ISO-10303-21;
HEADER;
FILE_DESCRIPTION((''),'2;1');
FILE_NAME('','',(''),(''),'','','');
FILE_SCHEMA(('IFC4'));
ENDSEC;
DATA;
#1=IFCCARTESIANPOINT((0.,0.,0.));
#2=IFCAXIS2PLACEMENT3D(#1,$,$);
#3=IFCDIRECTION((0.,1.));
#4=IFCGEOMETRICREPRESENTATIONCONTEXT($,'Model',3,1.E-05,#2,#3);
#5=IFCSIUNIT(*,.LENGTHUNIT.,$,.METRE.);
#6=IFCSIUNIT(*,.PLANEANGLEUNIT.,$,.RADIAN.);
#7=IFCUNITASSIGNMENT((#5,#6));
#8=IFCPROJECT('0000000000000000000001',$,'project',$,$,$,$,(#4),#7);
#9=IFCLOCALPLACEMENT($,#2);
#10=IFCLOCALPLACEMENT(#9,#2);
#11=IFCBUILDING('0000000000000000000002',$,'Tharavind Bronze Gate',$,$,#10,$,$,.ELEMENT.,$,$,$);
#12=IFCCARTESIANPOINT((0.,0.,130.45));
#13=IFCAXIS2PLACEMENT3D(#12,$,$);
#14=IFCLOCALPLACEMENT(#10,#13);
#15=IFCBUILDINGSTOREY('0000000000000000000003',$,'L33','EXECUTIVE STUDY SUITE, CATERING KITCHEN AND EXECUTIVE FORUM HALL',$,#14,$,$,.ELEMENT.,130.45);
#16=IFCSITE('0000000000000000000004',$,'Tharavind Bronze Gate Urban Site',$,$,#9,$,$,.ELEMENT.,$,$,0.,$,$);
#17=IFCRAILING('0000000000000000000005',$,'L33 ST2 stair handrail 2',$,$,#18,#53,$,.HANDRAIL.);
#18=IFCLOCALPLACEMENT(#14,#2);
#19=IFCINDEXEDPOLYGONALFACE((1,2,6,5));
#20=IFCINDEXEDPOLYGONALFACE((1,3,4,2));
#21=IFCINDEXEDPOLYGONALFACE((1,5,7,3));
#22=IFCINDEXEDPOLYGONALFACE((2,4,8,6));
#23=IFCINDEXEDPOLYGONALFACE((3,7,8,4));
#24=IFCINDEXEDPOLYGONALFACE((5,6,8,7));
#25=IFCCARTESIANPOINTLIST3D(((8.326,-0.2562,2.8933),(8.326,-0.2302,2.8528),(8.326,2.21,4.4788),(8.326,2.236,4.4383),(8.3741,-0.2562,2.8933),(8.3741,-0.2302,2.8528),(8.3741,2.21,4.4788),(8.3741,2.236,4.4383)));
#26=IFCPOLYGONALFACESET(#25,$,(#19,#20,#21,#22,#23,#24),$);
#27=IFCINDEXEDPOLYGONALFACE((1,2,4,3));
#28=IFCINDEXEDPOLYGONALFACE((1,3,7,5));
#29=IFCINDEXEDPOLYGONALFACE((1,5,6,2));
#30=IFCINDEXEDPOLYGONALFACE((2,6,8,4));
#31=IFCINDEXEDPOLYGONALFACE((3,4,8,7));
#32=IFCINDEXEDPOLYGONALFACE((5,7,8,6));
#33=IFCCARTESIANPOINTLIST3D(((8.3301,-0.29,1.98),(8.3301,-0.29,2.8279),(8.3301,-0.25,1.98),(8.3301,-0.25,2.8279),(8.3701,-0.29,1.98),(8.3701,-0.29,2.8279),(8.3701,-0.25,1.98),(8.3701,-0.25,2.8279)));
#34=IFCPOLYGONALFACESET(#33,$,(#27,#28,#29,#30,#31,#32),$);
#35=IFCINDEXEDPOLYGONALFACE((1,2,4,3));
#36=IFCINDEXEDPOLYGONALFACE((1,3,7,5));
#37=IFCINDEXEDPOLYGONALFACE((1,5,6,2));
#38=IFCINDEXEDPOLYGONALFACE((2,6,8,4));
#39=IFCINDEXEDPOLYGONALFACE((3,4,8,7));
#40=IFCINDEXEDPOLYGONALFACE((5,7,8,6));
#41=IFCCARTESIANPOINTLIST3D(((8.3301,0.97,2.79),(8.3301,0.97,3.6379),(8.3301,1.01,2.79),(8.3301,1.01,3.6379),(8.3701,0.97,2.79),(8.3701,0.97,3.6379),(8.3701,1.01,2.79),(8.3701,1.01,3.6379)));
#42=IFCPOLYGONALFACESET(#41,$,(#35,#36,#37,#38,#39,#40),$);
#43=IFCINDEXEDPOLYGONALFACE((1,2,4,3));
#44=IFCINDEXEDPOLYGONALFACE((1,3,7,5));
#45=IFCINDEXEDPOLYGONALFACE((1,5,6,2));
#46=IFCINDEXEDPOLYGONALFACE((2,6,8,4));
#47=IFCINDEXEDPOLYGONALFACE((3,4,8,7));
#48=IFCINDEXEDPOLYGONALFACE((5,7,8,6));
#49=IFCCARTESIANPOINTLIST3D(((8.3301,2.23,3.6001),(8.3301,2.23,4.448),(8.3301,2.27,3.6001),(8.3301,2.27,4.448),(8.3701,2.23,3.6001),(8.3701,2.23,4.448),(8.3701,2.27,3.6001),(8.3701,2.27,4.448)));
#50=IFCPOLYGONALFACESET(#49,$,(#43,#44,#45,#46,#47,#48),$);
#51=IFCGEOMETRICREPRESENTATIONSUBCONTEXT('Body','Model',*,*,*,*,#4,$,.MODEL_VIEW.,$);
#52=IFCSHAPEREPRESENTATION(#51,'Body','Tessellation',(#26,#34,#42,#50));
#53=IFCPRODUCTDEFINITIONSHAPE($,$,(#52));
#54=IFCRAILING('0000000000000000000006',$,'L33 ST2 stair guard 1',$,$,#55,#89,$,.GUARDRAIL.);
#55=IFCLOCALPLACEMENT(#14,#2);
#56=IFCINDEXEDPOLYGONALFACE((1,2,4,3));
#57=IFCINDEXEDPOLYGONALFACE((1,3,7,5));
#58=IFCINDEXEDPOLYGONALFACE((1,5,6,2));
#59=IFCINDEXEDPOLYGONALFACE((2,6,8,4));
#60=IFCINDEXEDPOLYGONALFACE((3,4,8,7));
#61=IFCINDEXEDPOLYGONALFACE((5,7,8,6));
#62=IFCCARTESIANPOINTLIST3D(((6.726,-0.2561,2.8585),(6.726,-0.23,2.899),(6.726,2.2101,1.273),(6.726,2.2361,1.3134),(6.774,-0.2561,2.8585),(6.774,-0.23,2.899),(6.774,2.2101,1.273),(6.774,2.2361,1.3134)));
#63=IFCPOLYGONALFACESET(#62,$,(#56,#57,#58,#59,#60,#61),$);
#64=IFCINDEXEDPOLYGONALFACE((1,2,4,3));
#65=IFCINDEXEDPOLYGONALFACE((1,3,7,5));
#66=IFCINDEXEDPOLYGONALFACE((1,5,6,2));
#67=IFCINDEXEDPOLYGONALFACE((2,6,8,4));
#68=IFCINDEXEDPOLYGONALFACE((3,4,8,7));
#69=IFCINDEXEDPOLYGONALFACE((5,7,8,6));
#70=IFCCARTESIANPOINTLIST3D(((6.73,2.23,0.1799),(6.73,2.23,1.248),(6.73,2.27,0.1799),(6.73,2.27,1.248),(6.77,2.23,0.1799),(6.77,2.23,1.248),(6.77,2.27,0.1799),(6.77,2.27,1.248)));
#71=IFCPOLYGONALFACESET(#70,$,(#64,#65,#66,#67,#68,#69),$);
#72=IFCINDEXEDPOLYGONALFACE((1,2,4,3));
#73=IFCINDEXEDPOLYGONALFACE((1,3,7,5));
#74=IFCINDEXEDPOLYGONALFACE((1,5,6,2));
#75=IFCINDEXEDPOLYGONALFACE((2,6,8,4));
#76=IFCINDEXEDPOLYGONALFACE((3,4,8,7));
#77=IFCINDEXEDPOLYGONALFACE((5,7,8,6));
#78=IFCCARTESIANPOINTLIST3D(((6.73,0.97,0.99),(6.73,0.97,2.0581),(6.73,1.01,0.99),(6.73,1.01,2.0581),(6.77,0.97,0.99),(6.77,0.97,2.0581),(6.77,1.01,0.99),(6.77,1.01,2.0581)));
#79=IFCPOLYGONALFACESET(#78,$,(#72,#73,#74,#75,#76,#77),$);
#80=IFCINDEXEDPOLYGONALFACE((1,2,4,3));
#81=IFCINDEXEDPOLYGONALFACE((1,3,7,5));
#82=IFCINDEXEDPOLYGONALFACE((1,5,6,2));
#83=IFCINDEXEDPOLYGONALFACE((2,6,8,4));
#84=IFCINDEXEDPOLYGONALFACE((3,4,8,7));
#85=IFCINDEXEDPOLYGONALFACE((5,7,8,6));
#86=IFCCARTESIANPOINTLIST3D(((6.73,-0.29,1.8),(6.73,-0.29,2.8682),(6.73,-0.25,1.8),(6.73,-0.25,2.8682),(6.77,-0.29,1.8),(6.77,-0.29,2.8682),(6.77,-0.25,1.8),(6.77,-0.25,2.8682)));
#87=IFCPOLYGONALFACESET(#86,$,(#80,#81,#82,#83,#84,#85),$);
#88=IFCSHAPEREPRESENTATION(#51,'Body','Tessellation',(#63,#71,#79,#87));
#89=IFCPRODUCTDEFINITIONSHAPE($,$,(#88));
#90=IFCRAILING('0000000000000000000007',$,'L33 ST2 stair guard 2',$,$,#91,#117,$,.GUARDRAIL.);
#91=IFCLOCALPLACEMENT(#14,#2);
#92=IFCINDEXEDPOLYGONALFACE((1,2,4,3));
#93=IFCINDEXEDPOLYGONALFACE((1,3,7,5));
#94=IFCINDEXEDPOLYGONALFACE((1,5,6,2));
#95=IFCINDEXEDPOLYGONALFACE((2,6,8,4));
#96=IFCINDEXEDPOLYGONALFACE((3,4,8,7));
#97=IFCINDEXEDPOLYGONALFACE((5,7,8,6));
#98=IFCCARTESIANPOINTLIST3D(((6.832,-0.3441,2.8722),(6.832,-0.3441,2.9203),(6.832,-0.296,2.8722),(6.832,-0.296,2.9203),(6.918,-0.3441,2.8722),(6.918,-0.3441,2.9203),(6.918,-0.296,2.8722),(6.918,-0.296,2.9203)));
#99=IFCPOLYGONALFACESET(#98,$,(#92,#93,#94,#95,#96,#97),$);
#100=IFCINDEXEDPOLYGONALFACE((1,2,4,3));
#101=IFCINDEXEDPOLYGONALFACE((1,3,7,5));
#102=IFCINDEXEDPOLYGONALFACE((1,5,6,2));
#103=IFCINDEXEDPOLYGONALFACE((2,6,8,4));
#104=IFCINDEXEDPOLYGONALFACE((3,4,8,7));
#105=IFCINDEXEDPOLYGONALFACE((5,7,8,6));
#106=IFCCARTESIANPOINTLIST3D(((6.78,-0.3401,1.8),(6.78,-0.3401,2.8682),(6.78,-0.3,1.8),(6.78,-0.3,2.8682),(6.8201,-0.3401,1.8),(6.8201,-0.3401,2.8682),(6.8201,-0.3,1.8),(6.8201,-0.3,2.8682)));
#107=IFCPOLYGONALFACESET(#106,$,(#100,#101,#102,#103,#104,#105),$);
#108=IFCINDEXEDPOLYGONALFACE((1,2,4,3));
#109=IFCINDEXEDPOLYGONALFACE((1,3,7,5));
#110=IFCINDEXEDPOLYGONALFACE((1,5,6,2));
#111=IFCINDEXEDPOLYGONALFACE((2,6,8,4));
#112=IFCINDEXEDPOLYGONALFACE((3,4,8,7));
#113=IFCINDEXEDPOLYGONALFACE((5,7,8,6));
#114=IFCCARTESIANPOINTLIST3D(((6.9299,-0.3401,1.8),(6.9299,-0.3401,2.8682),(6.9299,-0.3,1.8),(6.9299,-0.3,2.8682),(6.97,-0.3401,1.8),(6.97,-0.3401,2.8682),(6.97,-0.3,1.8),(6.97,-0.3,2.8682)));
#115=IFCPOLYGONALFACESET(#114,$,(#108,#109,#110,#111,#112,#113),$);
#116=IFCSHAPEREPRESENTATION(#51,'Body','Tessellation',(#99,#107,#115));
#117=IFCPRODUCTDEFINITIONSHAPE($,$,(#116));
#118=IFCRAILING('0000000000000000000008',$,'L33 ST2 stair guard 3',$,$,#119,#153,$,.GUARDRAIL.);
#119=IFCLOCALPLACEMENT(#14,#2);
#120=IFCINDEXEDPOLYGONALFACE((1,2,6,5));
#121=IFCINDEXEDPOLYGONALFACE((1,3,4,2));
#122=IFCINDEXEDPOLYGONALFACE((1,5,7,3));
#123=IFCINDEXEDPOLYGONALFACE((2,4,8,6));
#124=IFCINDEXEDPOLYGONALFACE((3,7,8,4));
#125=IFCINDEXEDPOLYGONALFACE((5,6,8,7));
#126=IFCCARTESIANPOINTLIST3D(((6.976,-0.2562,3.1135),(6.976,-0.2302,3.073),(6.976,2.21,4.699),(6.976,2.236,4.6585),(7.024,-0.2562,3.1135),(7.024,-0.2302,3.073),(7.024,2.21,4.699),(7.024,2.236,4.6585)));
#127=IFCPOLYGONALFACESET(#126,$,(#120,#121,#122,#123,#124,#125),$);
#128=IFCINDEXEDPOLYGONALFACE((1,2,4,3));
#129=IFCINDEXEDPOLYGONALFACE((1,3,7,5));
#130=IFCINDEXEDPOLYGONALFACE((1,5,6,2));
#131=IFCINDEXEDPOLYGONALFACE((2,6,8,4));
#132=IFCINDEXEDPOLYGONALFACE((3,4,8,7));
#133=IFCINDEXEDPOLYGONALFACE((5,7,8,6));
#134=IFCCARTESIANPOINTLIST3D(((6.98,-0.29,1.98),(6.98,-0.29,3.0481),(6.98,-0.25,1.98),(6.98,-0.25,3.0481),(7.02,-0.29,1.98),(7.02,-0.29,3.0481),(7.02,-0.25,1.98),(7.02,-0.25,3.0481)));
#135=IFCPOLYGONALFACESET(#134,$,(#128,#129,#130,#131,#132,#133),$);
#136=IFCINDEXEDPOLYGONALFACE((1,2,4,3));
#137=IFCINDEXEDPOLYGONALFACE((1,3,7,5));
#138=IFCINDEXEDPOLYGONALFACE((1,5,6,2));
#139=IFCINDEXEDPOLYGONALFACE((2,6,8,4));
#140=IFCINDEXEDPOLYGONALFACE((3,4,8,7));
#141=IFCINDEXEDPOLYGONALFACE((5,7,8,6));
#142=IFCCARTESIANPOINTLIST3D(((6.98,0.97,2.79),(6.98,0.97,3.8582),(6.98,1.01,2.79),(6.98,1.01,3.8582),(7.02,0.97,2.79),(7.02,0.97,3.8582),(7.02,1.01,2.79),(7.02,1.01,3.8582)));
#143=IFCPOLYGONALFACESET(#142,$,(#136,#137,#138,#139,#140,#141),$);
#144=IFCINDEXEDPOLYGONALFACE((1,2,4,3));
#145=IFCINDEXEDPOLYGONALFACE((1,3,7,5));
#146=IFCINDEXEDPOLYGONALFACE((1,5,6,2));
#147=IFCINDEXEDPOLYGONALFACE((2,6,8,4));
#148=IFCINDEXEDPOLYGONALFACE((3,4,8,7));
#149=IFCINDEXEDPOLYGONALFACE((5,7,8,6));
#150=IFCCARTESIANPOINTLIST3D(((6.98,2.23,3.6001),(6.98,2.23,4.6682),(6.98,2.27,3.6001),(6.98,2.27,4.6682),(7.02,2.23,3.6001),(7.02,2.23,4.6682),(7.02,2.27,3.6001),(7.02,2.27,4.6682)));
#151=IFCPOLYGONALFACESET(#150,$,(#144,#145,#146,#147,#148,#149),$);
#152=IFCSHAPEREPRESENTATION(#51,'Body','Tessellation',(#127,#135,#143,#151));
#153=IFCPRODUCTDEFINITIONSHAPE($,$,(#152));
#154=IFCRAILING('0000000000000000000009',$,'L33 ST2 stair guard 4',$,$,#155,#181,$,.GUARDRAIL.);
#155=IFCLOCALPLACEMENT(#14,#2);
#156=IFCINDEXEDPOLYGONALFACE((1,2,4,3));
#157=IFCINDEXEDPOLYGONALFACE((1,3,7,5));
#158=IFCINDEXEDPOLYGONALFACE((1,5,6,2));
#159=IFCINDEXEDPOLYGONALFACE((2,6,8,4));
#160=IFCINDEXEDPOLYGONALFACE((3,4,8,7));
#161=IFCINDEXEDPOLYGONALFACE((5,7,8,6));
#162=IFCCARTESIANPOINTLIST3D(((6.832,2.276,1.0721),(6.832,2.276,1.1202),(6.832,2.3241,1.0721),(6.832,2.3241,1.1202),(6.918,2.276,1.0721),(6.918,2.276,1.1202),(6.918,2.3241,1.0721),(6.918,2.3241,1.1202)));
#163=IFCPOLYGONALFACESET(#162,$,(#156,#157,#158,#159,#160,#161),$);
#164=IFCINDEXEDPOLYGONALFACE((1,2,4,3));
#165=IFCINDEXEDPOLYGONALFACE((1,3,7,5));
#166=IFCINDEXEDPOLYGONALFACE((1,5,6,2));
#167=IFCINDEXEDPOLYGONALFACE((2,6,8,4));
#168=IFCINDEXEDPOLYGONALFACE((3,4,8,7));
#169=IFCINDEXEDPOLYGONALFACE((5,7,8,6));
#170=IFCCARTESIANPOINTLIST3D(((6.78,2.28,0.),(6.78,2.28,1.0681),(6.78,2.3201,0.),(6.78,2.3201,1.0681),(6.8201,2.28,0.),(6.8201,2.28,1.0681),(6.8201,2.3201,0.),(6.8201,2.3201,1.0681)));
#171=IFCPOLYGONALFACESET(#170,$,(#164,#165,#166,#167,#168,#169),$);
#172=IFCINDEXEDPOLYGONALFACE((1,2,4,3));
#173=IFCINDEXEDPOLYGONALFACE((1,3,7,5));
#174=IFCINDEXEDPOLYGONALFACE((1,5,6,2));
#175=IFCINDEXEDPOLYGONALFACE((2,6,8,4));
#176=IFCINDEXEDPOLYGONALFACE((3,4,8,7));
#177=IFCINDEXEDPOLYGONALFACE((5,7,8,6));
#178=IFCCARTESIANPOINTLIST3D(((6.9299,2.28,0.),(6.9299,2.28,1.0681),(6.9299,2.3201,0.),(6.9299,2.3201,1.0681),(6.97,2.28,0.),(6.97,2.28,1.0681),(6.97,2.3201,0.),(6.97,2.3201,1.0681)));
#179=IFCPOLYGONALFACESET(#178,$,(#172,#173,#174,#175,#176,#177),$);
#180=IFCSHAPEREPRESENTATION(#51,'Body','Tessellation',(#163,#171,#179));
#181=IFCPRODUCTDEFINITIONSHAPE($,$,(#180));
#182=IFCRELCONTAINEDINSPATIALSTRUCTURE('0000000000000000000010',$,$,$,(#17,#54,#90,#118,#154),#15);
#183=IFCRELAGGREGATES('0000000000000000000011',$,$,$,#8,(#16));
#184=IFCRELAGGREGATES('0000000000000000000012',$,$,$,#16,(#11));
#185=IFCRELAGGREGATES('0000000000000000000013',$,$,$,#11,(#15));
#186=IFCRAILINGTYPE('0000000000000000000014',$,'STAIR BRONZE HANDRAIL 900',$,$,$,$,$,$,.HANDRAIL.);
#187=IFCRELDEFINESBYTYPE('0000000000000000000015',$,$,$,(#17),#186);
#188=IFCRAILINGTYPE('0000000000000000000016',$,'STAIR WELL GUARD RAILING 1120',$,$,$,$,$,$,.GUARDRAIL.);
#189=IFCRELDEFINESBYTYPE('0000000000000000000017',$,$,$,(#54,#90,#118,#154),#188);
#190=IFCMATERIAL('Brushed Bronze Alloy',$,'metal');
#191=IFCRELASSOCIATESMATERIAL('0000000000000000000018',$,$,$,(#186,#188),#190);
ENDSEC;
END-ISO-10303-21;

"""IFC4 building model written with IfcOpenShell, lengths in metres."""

from ifc_helpers import new_model, si_unit, direction, frame, origin, origin_2d, place, context, subcontext, project, spatial, rectangle, extrude, material, type_object, element, save


model = new_model("IFC4")

# Units and contexts
model_context = context("Model", 3, precision=1e-05, world=origin(), true_north=direction((0.0, 1.0)))
body_context = subcontext(model_context, "Body", "Model", "MODEL_VIEW")
ifc_project = project(units=[si_unit("LENGTHUNIT", "METRE"), si_unit("PLANEANGLEUNIT", "RADIAN")], contexts=[model_context])

# Site, building, storey
site_placement = place(None, origin())
site = spatial("IfcSite", under=ifc_project, at=site_placement, Name="Tharavind Bronze Gate Urban Site", CompositionType="ELEMENT", RefElevation=0.0)
building_placement = place(site_placement, origin())
building = spatial("IfcBuilding", under=site, at=building_placement, Name="Tharavind Bronze Gate", CompositionType="ELEMENT")
storey_placement = place(building_placement, frame((0.0, 0.0, 130.45)))
storey = spatial("IfcBuildingStorey", under=building, at=storey_placement, Name="L33", Description="EXECUTIVE STUDY SUITE, CATERING KITCHEN AND EXECUTIVE FORUM HALL", CompositionType="ELEMENT", Elevation=130.45)

# Railings
ifc_material_1 = material(Name="Brushed Bronze Alloy", Category="metal")
railing_type_1 = type_object("IfcRailingType", Name="STAIR BRONZE HANDRAIL 900", PredefinedType="HANDRAIL", material=ifc_material_1)
railing_1_placement = place(storey_placement, frame((8.3501, -0.27, 1.98)))
element("IfcRailing", 1, at=railing_1_placement, inside=storey, type_object=railing_type_1, Name="L33 ST2 stair handrail 2", PredefinedType="HANDRAIL", context=body_context, shape_type="SweptSolid", body=[
    extrude(rectangle(XDim=0.0481, YDim=0.0481, at=origin_2d()), frame((0.0, 0.0269, 0.8931), z_axis=(0.0, 0.841163, 0.540782), x_axis=(-1.0, 0.0, 0.0)), (0.0, 0.0, 1.0), 2.9319),
    extrude(rectangle(XDim=0.04, YDim=0.04, at=origin_2d()), origin(), (0.0, 0.0, 1.0), 0.8479),
    extrude(rectangle(XDim=0.04, YDim=0.04, at=origin_2d()), frame((0.0, 1.26, 0.8101)), (0.0, 0.0, 1.0), 0.8479),
    extrude(rectangle(XDim=0.04, YDim=0.04, at=origin_2d()), frame((0.0, 2.52, 1.6201)), (0.0, 0.0, 1.0), 0.8479),
])
railing_type_2 = type_object("IfcRailingType", Name="STAIR WELL GUARD RAILING 1120", PredefinedType="GUARDRAIL", material=ifc_material_1)
railing_2_placement = place(storey_placement, frame((6.75, 2.25, 0.1799)))
element("IfcRailing", 2, at=railing_2_placement, inside=storey, type_object=railing_type_2, Name="L33 ST2 stair guard 1", PredefinedType="GUARDRAIL", context=body_context, shape_type="SweptSolid", body=[
    extrude(rectangle(XDim=0.0481, YDim=0.0481, at=origin_2d()), frame((0.0, -0.0269, 1.1133), z_axis=(0.0, -0.841163, 0.540782), x_axis=(1.0, 0.0, 0.0)), (0.0, 0.0, 1.0), 2.9319),
    extrude(rectangle(XDim=0.04, YDim=0.04, at=origin_2d()), origin(), (0.0, 0.0, 1.0), 1.0681),
    extrude(rectangle(XDim=0.04, YDim=0.04, at=origin_2d()), frame((0.0, -1.26, 0.8101)), (0.0, 0.0, 1.0), 1.0681),
    extrude(rectangle(XDim=0.04, YDim=0.04, at=origin_2d()), frame((0.0, -2.52, 1.6201)), (0.0, 0.0, 1.0), 1.0681),
])
railing_3_placement = place(storey_placement, frame((6.8, -0.3201, 1.8)))
element("IfcRailing", 3, at=railing_3_placement, inside=storey, type_object=railing_type_2, Name="L33 ST2 stair guard 2", PredefinedType="GUARDRAIL", context=body_context, shape_type="SweptSolid", body=[
    extrude(rectangle(XDim=0.0481, YDim=0.0481, at=origin_2d()), frame((0.032, 0.0, 1.0962), z_axis=(1.0, 0.0, 0.0), x_axis=(0.0, 1.0, 0.0)), (0.0, 0.0, 1.0), 0.0859),
    extrude(rectangle(XDim=0.04, YDim=0.04, at=origin_2d()), origin(), (0.0, 0.0, 1.0), 1.0681),
    extrude(rectangle(XDim=0.04, YDim=0.04, at=origin_2d()), frame((0.1499, 0.0, 0.0)), (0.0, 0.0, 1.0), 1.0681),
])
railing_4_placement = place(storey_placement, frame((7.0, -0.27, 1.98)))
element("IfcRailing", 4, at=railing_4_placement, inside=storey, type_object=railing_type_2, Name="L33 ST2 stair guard 3", PredefinedType="GUARDRAIL", context=body_context, shape_type="SweptSolid", body=[
    extrude(rectangle(XDim=0.0481, YDim=0.0481, at=origin_2d()), frame((0.0, 0.0269, 1.1133), z_axis=(0.0, 0.841163, 0.540782), x_axis=(-1.0, 0.0, 0.0)), (0.0, 0.0, 1.0), 2.9319),
    extrude(rectangle(XDim=0.04, YDim=0.04, at=origin_2d()), origin(), (0.0, 0.0, 1.0), 1.0681),
    extrude(rectangle(XDim=0.04, YDim=0.04, at=origin_2d()), frame((0.0, 1.26, 0.8101)), (0.0, 0.0, 1.0), 1.0681),
    extrude(rectangle(XDim=0.04, YDim=0.04, at=origin_2d()), frame((0.0, 2.52, 1.6201)), (0.0, 0.0, 1.0), 1.0681),
])
railing_5_placement = place(storey_placement, frame((6.8, 2.3, 0.0)))
element("IfcRailing", 5, at=railing_5_placement, inside=storey, type_object=railing_type_2, Name="L33 ST2 stair guard 4", PredefinedType="GUARDRAIL", context=body_context, shape_type="SweptSolid", body=[
    extrude(rectangle(XDim=0.0481, YDim=0.0481, at=origin_2d()), frame((0.032, 0.0, 1.0962), z_axis=(1.0, 0.0, 0.0), x_axis=(0.0, 1.0, 0.0)), (0.0, 0.0, 1.0), 0.0859),
    extrude(rectangle(XDim=0.04, YDim=0.04, at=origin_2d()), origin(), (0.0, 0.0, 1.0), 1.0681),
    extrude(rectangle(XDim=0.04, YDim=0.04, at=origin_2d()), frame((0.1499, 0.0, 0.0)), (0.0, 0.0, 1.0), 1.0681),
])

save(model, "model.ifc")
